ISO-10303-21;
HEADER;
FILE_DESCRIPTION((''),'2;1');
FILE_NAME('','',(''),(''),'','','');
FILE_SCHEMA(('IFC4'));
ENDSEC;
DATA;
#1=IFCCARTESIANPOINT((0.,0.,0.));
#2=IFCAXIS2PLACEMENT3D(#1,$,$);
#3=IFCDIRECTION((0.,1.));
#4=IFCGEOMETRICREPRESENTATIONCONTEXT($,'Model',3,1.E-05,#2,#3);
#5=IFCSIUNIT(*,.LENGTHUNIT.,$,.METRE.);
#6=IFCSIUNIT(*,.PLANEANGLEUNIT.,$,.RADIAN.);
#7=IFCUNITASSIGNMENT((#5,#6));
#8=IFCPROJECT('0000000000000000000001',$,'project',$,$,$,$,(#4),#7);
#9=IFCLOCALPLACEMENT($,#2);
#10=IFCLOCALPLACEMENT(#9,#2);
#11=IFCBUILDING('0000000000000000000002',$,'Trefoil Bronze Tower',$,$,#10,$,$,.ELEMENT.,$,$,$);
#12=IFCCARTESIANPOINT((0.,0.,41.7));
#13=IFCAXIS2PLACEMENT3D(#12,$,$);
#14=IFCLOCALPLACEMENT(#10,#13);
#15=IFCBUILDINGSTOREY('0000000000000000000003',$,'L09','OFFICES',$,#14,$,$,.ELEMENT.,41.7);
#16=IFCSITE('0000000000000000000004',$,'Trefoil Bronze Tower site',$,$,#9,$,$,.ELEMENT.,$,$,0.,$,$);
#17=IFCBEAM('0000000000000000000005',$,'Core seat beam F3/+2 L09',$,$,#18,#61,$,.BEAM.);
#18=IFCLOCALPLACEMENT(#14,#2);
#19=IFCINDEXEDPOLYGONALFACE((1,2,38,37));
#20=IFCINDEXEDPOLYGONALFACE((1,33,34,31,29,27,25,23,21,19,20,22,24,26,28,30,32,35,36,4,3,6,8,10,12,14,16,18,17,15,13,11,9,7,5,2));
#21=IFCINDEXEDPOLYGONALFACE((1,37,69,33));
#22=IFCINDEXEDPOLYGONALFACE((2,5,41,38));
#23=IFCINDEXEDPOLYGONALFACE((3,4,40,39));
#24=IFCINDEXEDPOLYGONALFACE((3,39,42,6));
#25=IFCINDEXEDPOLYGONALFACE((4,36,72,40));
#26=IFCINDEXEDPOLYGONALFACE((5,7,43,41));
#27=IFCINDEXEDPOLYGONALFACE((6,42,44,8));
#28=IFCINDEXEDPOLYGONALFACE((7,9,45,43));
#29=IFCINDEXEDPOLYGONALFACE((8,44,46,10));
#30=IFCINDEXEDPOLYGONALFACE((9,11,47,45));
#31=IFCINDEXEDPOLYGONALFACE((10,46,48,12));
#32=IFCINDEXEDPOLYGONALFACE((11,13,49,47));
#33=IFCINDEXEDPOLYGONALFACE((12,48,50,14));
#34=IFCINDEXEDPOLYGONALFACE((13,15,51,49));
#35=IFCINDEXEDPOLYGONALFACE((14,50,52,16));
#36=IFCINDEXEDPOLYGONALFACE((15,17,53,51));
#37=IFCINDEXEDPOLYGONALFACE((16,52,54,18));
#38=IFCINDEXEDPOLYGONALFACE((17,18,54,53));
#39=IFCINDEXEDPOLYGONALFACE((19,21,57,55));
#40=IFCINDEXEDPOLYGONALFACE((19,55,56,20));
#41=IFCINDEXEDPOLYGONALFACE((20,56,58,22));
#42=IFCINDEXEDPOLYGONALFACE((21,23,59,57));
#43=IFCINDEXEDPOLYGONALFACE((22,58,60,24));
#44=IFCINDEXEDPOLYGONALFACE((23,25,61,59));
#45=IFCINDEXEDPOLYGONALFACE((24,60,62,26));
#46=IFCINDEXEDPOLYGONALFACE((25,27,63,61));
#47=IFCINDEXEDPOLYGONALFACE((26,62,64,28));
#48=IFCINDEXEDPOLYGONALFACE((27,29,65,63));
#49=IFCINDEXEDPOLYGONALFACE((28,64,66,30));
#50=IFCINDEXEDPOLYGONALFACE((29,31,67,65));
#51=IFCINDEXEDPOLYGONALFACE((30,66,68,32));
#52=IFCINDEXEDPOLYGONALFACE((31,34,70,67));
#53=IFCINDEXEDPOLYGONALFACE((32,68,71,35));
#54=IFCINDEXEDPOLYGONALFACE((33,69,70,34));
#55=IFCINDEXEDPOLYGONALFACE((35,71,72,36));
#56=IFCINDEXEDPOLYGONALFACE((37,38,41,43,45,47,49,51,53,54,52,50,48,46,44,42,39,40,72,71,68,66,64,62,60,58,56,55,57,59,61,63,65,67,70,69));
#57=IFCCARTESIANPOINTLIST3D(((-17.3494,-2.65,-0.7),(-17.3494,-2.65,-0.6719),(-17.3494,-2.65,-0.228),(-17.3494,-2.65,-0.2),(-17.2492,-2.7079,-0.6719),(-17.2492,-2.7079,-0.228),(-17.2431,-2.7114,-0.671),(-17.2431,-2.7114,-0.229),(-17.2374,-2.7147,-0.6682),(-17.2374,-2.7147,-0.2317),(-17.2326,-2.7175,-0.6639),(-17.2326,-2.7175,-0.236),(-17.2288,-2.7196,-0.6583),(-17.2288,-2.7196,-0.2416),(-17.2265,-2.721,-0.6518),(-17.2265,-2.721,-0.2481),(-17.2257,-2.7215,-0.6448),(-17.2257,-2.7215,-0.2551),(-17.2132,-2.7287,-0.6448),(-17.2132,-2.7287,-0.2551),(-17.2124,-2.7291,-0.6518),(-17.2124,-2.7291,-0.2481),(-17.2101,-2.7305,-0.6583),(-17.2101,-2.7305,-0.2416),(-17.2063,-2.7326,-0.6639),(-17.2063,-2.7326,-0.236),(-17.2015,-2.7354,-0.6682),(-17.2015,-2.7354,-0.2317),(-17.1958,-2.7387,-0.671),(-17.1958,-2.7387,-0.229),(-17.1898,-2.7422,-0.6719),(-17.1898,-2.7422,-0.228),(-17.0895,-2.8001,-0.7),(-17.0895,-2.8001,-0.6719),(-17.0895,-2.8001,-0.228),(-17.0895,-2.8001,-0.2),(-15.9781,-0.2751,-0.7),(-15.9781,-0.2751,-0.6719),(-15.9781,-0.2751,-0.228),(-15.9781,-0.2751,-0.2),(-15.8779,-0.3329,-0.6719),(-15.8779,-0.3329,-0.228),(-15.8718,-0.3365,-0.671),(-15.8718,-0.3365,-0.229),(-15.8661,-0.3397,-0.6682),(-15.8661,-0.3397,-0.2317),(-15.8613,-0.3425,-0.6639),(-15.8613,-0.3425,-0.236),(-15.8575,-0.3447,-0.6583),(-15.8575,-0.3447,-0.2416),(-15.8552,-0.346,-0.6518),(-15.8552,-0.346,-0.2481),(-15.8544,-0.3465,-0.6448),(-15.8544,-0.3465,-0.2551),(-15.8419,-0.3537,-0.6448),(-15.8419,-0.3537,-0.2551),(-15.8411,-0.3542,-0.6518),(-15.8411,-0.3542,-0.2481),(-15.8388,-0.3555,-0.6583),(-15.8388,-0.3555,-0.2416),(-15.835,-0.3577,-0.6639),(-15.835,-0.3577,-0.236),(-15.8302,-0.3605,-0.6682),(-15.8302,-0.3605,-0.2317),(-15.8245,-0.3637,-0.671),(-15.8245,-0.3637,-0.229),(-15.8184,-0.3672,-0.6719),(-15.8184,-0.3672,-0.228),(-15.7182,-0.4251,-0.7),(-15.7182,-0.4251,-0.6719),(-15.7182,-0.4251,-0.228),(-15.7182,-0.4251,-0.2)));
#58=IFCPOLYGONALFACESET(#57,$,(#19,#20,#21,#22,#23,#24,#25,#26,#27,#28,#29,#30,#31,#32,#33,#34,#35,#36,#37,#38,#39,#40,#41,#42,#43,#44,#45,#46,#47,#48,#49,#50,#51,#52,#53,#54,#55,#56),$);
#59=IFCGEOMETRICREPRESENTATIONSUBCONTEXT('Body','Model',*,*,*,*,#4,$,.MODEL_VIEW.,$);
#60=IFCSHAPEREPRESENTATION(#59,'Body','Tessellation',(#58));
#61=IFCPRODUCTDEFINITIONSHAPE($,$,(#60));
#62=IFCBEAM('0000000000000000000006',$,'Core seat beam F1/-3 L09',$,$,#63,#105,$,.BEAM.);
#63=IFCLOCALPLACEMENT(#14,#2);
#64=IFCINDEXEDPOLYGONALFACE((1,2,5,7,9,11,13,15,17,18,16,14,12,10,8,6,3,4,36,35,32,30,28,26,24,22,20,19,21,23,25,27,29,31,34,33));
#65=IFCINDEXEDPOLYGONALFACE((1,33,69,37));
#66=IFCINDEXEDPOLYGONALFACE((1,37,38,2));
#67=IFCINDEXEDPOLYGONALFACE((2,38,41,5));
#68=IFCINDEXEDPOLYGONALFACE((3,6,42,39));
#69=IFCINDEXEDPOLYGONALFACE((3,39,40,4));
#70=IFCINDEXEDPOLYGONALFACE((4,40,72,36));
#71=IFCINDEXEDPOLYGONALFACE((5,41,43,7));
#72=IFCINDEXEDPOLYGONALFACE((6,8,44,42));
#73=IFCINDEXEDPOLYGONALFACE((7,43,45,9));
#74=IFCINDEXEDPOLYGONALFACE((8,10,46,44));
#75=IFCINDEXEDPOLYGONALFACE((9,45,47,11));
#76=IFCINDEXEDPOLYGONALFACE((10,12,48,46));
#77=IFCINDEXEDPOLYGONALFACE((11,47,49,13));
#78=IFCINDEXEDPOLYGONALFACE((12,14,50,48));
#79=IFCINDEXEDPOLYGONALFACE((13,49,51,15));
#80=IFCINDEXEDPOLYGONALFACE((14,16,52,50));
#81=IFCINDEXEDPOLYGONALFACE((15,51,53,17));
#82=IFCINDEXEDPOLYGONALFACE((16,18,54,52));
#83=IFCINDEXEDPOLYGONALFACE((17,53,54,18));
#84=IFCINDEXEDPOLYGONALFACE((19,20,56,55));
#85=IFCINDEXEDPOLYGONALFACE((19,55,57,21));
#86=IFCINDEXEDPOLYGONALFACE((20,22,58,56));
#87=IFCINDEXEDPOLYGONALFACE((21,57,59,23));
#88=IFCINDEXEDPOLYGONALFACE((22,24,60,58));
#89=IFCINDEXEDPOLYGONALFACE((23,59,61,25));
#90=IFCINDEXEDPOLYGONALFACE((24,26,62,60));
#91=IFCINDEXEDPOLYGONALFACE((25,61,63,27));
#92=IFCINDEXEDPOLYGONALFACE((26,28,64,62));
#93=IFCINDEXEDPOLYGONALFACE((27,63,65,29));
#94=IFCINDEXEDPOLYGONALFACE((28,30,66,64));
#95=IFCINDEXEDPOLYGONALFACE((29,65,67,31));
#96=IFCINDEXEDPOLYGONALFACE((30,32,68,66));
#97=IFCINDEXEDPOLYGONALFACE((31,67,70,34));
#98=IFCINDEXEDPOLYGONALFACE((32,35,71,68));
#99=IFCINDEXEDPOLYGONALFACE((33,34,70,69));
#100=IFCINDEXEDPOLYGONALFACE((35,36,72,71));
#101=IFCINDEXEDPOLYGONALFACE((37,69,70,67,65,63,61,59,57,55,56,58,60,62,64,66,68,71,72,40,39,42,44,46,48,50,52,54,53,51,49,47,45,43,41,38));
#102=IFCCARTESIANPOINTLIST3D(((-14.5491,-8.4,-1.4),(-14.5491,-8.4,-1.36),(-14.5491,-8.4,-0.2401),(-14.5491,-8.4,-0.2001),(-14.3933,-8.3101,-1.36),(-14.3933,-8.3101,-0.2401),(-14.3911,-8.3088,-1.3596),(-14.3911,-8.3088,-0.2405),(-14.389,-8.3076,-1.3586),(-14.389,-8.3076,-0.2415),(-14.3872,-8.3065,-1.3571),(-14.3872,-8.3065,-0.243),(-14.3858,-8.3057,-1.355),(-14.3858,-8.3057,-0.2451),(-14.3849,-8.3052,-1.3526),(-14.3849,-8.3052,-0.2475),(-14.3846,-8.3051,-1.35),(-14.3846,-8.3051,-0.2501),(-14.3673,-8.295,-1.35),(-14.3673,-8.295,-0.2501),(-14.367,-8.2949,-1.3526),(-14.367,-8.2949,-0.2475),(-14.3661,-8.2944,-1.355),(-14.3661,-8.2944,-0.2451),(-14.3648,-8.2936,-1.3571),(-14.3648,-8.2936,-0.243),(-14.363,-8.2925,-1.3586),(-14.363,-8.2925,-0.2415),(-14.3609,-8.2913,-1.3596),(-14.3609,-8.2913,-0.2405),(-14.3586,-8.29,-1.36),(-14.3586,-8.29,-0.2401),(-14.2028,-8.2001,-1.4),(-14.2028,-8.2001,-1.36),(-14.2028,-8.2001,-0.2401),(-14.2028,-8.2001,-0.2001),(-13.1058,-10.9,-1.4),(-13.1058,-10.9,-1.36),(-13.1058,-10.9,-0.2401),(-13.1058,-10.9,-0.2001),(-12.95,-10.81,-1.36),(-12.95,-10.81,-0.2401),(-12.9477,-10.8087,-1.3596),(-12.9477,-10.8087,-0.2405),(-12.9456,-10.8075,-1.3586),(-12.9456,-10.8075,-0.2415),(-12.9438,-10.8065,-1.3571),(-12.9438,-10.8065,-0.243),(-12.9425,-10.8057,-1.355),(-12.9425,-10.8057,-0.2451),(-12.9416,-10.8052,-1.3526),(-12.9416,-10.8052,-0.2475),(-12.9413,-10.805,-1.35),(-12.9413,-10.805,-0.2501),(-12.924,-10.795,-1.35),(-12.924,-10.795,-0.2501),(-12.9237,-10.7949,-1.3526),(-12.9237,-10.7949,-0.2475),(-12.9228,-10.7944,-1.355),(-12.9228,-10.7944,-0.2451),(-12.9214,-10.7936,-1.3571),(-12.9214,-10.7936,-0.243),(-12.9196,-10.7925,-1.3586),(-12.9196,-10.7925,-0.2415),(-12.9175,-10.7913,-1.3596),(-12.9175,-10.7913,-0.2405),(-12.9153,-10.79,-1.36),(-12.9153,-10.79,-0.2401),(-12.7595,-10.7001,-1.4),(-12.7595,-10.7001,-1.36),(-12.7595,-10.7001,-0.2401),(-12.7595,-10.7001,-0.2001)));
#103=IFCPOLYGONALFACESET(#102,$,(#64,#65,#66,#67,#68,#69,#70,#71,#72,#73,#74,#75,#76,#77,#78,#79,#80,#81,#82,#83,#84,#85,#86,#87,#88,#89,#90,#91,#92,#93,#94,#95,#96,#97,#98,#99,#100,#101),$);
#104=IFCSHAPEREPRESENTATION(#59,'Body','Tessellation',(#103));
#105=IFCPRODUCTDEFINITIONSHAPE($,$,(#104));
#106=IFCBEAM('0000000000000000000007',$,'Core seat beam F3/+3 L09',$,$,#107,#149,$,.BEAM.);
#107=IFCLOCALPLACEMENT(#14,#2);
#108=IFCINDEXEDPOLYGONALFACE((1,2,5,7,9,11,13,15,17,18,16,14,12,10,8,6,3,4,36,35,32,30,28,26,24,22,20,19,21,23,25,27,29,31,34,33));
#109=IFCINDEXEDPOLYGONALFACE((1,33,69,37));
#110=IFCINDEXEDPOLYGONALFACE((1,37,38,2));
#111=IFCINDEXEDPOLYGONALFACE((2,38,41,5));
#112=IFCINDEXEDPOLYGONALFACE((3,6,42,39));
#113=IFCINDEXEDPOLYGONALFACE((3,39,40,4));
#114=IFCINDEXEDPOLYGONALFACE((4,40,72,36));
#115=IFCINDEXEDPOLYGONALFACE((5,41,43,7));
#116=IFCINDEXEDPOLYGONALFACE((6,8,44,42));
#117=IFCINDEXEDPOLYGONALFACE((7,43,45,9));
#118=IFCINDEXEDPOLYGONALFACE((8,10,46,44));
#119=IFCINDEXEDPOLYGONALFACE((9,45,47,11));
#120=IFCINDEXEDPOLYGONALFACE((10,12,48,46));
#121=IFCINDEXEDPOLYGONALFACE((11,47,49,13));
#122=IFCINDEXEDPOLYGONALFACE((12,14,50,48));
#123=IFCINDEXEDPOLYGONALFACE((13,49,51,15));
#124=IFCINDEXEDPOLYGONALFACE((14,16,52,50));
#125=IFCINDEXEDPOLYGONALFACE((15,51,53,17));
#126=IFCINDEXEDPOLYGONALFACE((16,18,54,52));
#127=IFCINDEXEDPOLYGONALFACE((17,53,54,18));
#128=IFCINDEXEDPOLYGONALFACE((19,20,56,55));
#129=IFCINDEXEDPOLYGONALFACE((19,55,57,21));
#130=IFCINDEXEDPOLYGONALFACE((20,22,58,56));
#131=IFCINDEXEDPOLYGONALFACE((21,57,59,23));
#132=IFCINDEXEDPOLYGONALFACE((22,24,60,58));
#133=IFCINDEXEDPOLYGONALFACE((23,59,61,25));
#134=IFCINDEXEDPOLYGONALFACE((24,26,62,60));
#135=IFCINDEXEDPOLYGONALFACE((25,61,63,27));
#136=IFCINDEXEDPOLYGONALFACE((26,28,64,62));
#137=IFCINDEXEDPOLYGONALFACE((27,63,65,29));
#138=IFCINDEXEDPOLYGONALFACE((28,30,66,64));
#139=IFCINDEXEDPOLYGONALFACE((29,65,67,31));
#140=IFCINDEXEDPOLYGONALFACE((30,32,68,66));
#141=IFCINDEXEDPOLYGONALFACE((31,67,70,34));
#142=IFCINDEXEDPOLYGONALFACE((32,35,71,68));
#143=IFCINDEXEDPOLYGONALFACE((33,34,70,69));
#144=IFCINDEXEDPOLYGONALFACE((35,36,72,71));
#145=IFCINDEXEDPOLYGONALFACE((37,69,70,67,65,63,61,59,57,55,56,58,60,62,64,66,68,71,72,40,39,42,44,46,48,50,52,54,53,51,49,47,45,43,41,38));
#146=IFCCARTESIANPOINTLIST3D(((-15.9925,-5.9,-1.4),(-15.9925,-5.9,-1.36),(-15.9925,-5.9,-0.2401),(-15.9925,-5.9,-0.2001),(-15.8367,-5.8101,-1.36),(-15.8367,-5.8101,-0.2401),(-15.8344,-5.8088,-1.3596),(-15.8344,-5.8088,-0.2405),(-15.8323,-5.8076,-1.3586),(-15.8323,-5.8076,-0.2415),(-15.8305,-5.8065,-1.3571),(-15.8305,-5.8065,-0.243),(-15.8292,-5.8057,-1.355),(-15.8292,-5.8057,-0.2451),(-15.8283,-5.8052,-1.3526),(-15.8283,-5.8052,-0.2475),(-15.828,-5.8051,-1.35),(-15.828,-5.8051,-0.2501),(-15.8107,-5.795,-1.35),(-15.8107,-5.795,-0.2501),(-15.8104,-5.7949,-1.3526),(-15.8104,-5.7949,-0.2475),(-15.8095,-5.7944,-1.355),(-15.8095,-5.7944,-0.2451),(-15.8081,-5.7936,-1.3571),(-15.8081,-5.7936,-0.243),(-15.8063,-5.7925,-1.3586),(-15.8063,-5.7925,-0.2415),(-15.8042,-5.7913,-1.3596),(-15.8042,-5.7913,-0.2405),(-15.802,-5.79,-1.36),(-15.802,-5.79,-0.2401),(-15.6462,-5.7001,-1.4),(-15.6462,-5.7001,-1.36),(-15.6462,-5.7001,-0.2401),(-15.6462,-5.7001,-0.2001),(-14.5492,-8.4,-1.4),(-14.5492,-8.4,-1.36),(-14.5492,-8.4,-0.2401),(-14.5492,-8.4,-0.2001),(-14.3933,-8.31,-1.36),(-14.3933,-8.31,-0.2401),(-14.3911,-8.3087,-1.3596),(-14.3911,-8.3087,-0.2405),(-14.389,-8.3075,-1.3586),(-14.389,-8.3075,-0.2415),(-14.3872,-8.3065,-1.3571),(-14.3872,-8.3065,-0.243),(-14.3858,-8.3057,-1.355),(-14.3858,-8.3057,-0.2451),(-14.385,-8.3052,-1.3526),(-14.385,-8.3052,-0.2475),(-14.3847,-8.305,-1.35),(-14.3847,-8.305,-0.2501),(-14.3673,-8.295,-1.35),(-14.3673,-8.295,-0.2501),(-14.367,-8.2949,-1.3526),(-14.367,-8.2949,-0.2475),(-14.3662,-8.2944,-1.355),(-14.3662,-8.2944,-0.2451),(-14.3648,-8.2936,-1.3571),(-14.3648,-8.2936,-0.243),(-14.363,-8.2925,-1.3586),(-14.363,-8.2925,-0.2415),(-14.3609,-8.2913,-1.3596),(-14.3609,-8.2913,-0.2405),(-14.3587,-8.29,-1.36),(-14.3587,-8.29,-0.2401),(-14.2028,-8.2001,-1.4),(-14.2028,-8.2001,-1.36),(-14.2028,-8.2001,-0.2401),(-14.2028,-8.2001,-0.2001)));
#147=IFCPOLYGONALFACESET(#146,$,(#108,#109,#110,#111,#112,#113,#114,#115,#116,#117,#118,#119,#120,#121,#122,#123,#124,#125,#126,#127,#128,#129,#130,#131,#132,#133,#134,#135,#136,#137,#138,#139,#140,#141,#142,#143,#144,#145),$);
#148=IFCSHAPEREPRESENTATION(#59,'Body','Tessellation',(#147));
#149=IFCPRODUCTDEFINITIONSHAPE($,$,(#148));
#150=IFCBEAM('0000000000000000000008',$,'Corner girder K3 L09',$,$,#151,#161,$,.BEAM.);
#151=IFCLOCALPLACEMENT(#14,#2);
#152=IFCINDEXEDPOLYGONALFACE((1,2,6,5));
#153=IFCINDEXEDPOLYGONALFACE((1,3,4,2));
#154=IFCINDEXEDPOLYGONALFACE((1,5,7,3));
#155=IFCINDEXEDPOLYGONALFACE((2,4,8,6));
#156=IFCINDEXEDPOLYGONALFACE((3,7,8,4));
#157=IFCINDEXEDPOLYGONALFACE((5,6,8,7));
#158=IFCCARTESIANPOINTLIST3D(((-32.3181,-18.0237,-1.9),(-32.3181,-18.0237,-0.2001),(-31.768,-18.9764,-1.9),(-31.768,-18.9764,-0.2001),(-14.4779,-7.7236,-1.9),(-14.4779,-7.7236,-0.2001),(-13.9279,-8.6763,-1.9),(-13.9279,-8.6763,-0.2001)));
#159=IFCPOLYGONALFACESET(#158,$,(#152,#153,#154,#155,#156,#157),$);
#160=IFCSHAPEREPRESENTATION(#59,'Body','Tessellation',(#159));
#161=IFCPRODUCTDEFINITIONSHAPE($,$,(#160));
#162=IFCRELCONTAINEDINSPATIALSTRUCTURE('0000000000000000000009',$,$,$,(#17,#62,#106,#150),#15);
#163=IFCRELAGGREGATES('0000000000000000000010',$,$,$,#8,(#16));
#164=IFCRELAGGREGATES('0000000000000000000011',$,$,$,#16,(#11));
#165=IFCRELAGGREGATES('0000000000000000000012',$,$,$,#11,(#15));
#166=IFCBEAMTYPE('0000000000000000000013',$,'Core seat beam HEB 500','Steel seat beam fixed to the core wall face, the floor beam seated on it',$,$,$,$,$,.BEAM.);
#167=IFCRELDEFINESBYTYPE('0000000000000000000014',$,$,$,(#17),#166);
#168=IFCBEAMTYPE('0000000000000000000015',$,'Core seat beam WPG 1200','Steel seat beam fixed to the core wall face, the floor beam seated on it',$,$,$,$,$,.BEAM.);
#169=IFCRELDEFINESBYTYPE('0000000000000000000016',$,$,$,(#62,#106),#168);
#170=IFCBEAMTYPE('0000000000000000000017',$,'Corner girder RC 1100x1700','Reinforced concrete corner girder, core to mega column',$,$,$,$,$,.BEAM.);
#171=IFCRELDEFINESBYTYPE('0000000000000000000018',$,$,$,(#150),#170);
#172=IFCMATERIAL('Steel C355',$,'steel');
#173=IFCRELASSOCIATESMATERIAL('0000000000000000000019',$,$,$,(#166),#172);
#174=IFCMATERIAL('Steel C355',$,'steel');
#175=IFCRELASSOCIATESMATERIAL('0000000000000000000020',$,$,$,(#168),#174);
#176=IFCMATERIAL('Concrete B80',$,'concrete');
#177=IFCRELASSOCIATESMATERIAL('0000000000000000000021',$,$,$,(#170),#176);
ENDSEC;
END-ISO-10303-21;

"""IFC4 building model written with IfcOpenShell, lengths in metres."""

from ifc_helpers import new_model, si_unit, direction, frame, origin, origin_2d, place, context, subcontext, project, spatial, rectangle, i_section, extrude, material, material_profile, profile_set, type_object, element, save


model = new_model("IFC4")

# Units and contexts
model_context = context("Model", 3, precision=1e-05, world=origin(), true_north=direction((0.0, 1.0)))
body_context = subcontext(model_context, "Body", "Model", "MODEL_VIEW")
ifc_project = project(units=[si_unit("LENGTHUNIT", "METRE"), si_unit("PLANEANGLEUNIT", "RADIAN")], contexts=[model_context])

# Site, building, storey
site_placement = place(None, origin())
site = spatial("IfcSite", under=ifc_project, at=site_placement, Name="Trefoil Bronze Tower site", CompositionType="ELEMENT", RefElevation=0.0)
building_placement = place(site_placement, origin())
building = spatial("IfcBuilding", under=site, at=building_placement, Name="Trefoil Bronze Tower", CompositionType="ELEMENT")
storey_placement = place(building_placement, frame((0.0, 0.0, 41.7)))
storey = spatial("IfcBuildingStorey", under=building, at=storey_placement, Name="L09", Description="OFFICES", CompositionType="ELEMENT", Elevation=41.7)

# Beams
ifc_material_1 = material(Name="Steel C355", Category="steel")
ifc_material_profile_1 = material_profile(ifc_material_1, i_section(OverallWidth=0.3, OverallDepth=0.5, WebThickness=0.0144, FlangeThickness=0.0281, FilletRadius=0.0271, at=origin_2d()), Name="HEB 500")
ifc_profile_set_1 = profile_set([ifc_material_profile_1], Name="Steel C355")
beam_type_1 = type_object("IfcBeamType", Name="Core seat beam HEB 500", Description="Steel seat beam fixed to the core wall face, the floor beam seated on it", PredefinedType="BEAM", material=ifc_profile_set_1)
beam_1_placement = place(storey_placement, frame((-15.8481, -0.3501, -0.45), z_axis=(-0.500036, -0.866005, 0.0), x_axis=(0.866005, -0.500036, 0.0)))
element("IfcBeam", 1, at=beam_1_placement, inside=storey, type_object=beam_type_1, Name="Core seat beam F3/+2 L09", PredefinedType="BEAM", context=body_context, shape_type="SweptSolid", body=[
    extrude(i_section(OverallWidth=0.3, OverallDepth=0.5, WebThickness=0.0144, FlangeThickness=0.0281, FilletRadius=0.0271, at=origin_2d()), origin(), (0.0, 0.0, 1.0), 2.7424),
])
ifc_material_2 = material(Name="Steel C355", Category="steel")
ifc_material_profile_2 = material_profile(ifc_material_2, i_section(OverallWidth=0.3999, OverallDepth=1.2, WebThickness=0.02, FlangeThickness=0.04, FilletRadius=0.01, at=origin_2d()), Name="WPG 1200")
ifc_profile_set_2 = profile_set([ifc_material_profile_2], Name="Steel C355")
beam_type_2 = type_object("IfcBeamType", Name="Core seat beam WPG 1200", Description="Steel seat beam fixed to the core wall face, the floor beam seated on it", PredefinedType="BEAM", material=ifc_profile_set_2)
for number, where, z_axis, x_axis, name in (
    (2, (-14.376, -8.3, -0.8), (0.499996, -0.866028, 0.0), (0.866028, 0.499996, 0.0), "Core seat beam F1/-3 L09"),
    (3, (-15.8193, -5.8, -0.8), (0.499996, -0.866028, 0.0), (0.866028, 0.499996, 0.0), "Core seat beam F3/+3 L09"),
):
    element("IfcBeam", number, at=place(storey_placement, frame(where, z_axis=z_axis, x_axis=x_axis)), inside=storey, type_object=beam_type_2, Name=name, PredefinedType="BEAM", context=body_context, shape_type="SweptSolid", body=[
        extrude(i_section(OverallWidth=0.3999, OverallDepth=1.2, WebThickness=0.02, FlangeThickness=0.04, FilletRadius=0.01, at=origin_2d()), origin(), (0.0, 0.0, 1.0), 2.8867),
    ])
ifc_material_3 = material(Name="Concrete B80", Category="concrete")
ifc_material_profile_3 = material_profile(ifc_material_3, rectangle(XDim=1.1001, YDim=1.7, at=origin_2d()), Name="RC 1100x1700")
ifc_profile_set_3 = profile_set([ifc_material_profile_3], Name="Concrete B80")
beam_type_3 = type_object("IfcBeamType", Name="Corner girder RC 1100x1700", Description="Reinforced concrete corner girder, core to mega column", PredefinedType="BEAM", material=ifc_profile_set_3)
beam_2_placement = place(storey_placement, frame((-14.2029, -8.2, -1.05), z_axis=(-0.866024, -0.500003, 0.0), x_axis=(0.500003, -0.866024, 0.0)))
element("IfcBeam", 4, at=beam_2_placement, inside=storey, type_object=beam_type_3, Name="Corner girder K3 L09", PredefinedType="BEAM", context=body_context, shape_type="SweptSolid", body=[
    extrude(rectangle(XDim=1.1001, YDim=1.7, at=origin_2d()), origin(), (0.0, 0.0, 1.0), 20.6001),
])

save(model, "model.ifc")
